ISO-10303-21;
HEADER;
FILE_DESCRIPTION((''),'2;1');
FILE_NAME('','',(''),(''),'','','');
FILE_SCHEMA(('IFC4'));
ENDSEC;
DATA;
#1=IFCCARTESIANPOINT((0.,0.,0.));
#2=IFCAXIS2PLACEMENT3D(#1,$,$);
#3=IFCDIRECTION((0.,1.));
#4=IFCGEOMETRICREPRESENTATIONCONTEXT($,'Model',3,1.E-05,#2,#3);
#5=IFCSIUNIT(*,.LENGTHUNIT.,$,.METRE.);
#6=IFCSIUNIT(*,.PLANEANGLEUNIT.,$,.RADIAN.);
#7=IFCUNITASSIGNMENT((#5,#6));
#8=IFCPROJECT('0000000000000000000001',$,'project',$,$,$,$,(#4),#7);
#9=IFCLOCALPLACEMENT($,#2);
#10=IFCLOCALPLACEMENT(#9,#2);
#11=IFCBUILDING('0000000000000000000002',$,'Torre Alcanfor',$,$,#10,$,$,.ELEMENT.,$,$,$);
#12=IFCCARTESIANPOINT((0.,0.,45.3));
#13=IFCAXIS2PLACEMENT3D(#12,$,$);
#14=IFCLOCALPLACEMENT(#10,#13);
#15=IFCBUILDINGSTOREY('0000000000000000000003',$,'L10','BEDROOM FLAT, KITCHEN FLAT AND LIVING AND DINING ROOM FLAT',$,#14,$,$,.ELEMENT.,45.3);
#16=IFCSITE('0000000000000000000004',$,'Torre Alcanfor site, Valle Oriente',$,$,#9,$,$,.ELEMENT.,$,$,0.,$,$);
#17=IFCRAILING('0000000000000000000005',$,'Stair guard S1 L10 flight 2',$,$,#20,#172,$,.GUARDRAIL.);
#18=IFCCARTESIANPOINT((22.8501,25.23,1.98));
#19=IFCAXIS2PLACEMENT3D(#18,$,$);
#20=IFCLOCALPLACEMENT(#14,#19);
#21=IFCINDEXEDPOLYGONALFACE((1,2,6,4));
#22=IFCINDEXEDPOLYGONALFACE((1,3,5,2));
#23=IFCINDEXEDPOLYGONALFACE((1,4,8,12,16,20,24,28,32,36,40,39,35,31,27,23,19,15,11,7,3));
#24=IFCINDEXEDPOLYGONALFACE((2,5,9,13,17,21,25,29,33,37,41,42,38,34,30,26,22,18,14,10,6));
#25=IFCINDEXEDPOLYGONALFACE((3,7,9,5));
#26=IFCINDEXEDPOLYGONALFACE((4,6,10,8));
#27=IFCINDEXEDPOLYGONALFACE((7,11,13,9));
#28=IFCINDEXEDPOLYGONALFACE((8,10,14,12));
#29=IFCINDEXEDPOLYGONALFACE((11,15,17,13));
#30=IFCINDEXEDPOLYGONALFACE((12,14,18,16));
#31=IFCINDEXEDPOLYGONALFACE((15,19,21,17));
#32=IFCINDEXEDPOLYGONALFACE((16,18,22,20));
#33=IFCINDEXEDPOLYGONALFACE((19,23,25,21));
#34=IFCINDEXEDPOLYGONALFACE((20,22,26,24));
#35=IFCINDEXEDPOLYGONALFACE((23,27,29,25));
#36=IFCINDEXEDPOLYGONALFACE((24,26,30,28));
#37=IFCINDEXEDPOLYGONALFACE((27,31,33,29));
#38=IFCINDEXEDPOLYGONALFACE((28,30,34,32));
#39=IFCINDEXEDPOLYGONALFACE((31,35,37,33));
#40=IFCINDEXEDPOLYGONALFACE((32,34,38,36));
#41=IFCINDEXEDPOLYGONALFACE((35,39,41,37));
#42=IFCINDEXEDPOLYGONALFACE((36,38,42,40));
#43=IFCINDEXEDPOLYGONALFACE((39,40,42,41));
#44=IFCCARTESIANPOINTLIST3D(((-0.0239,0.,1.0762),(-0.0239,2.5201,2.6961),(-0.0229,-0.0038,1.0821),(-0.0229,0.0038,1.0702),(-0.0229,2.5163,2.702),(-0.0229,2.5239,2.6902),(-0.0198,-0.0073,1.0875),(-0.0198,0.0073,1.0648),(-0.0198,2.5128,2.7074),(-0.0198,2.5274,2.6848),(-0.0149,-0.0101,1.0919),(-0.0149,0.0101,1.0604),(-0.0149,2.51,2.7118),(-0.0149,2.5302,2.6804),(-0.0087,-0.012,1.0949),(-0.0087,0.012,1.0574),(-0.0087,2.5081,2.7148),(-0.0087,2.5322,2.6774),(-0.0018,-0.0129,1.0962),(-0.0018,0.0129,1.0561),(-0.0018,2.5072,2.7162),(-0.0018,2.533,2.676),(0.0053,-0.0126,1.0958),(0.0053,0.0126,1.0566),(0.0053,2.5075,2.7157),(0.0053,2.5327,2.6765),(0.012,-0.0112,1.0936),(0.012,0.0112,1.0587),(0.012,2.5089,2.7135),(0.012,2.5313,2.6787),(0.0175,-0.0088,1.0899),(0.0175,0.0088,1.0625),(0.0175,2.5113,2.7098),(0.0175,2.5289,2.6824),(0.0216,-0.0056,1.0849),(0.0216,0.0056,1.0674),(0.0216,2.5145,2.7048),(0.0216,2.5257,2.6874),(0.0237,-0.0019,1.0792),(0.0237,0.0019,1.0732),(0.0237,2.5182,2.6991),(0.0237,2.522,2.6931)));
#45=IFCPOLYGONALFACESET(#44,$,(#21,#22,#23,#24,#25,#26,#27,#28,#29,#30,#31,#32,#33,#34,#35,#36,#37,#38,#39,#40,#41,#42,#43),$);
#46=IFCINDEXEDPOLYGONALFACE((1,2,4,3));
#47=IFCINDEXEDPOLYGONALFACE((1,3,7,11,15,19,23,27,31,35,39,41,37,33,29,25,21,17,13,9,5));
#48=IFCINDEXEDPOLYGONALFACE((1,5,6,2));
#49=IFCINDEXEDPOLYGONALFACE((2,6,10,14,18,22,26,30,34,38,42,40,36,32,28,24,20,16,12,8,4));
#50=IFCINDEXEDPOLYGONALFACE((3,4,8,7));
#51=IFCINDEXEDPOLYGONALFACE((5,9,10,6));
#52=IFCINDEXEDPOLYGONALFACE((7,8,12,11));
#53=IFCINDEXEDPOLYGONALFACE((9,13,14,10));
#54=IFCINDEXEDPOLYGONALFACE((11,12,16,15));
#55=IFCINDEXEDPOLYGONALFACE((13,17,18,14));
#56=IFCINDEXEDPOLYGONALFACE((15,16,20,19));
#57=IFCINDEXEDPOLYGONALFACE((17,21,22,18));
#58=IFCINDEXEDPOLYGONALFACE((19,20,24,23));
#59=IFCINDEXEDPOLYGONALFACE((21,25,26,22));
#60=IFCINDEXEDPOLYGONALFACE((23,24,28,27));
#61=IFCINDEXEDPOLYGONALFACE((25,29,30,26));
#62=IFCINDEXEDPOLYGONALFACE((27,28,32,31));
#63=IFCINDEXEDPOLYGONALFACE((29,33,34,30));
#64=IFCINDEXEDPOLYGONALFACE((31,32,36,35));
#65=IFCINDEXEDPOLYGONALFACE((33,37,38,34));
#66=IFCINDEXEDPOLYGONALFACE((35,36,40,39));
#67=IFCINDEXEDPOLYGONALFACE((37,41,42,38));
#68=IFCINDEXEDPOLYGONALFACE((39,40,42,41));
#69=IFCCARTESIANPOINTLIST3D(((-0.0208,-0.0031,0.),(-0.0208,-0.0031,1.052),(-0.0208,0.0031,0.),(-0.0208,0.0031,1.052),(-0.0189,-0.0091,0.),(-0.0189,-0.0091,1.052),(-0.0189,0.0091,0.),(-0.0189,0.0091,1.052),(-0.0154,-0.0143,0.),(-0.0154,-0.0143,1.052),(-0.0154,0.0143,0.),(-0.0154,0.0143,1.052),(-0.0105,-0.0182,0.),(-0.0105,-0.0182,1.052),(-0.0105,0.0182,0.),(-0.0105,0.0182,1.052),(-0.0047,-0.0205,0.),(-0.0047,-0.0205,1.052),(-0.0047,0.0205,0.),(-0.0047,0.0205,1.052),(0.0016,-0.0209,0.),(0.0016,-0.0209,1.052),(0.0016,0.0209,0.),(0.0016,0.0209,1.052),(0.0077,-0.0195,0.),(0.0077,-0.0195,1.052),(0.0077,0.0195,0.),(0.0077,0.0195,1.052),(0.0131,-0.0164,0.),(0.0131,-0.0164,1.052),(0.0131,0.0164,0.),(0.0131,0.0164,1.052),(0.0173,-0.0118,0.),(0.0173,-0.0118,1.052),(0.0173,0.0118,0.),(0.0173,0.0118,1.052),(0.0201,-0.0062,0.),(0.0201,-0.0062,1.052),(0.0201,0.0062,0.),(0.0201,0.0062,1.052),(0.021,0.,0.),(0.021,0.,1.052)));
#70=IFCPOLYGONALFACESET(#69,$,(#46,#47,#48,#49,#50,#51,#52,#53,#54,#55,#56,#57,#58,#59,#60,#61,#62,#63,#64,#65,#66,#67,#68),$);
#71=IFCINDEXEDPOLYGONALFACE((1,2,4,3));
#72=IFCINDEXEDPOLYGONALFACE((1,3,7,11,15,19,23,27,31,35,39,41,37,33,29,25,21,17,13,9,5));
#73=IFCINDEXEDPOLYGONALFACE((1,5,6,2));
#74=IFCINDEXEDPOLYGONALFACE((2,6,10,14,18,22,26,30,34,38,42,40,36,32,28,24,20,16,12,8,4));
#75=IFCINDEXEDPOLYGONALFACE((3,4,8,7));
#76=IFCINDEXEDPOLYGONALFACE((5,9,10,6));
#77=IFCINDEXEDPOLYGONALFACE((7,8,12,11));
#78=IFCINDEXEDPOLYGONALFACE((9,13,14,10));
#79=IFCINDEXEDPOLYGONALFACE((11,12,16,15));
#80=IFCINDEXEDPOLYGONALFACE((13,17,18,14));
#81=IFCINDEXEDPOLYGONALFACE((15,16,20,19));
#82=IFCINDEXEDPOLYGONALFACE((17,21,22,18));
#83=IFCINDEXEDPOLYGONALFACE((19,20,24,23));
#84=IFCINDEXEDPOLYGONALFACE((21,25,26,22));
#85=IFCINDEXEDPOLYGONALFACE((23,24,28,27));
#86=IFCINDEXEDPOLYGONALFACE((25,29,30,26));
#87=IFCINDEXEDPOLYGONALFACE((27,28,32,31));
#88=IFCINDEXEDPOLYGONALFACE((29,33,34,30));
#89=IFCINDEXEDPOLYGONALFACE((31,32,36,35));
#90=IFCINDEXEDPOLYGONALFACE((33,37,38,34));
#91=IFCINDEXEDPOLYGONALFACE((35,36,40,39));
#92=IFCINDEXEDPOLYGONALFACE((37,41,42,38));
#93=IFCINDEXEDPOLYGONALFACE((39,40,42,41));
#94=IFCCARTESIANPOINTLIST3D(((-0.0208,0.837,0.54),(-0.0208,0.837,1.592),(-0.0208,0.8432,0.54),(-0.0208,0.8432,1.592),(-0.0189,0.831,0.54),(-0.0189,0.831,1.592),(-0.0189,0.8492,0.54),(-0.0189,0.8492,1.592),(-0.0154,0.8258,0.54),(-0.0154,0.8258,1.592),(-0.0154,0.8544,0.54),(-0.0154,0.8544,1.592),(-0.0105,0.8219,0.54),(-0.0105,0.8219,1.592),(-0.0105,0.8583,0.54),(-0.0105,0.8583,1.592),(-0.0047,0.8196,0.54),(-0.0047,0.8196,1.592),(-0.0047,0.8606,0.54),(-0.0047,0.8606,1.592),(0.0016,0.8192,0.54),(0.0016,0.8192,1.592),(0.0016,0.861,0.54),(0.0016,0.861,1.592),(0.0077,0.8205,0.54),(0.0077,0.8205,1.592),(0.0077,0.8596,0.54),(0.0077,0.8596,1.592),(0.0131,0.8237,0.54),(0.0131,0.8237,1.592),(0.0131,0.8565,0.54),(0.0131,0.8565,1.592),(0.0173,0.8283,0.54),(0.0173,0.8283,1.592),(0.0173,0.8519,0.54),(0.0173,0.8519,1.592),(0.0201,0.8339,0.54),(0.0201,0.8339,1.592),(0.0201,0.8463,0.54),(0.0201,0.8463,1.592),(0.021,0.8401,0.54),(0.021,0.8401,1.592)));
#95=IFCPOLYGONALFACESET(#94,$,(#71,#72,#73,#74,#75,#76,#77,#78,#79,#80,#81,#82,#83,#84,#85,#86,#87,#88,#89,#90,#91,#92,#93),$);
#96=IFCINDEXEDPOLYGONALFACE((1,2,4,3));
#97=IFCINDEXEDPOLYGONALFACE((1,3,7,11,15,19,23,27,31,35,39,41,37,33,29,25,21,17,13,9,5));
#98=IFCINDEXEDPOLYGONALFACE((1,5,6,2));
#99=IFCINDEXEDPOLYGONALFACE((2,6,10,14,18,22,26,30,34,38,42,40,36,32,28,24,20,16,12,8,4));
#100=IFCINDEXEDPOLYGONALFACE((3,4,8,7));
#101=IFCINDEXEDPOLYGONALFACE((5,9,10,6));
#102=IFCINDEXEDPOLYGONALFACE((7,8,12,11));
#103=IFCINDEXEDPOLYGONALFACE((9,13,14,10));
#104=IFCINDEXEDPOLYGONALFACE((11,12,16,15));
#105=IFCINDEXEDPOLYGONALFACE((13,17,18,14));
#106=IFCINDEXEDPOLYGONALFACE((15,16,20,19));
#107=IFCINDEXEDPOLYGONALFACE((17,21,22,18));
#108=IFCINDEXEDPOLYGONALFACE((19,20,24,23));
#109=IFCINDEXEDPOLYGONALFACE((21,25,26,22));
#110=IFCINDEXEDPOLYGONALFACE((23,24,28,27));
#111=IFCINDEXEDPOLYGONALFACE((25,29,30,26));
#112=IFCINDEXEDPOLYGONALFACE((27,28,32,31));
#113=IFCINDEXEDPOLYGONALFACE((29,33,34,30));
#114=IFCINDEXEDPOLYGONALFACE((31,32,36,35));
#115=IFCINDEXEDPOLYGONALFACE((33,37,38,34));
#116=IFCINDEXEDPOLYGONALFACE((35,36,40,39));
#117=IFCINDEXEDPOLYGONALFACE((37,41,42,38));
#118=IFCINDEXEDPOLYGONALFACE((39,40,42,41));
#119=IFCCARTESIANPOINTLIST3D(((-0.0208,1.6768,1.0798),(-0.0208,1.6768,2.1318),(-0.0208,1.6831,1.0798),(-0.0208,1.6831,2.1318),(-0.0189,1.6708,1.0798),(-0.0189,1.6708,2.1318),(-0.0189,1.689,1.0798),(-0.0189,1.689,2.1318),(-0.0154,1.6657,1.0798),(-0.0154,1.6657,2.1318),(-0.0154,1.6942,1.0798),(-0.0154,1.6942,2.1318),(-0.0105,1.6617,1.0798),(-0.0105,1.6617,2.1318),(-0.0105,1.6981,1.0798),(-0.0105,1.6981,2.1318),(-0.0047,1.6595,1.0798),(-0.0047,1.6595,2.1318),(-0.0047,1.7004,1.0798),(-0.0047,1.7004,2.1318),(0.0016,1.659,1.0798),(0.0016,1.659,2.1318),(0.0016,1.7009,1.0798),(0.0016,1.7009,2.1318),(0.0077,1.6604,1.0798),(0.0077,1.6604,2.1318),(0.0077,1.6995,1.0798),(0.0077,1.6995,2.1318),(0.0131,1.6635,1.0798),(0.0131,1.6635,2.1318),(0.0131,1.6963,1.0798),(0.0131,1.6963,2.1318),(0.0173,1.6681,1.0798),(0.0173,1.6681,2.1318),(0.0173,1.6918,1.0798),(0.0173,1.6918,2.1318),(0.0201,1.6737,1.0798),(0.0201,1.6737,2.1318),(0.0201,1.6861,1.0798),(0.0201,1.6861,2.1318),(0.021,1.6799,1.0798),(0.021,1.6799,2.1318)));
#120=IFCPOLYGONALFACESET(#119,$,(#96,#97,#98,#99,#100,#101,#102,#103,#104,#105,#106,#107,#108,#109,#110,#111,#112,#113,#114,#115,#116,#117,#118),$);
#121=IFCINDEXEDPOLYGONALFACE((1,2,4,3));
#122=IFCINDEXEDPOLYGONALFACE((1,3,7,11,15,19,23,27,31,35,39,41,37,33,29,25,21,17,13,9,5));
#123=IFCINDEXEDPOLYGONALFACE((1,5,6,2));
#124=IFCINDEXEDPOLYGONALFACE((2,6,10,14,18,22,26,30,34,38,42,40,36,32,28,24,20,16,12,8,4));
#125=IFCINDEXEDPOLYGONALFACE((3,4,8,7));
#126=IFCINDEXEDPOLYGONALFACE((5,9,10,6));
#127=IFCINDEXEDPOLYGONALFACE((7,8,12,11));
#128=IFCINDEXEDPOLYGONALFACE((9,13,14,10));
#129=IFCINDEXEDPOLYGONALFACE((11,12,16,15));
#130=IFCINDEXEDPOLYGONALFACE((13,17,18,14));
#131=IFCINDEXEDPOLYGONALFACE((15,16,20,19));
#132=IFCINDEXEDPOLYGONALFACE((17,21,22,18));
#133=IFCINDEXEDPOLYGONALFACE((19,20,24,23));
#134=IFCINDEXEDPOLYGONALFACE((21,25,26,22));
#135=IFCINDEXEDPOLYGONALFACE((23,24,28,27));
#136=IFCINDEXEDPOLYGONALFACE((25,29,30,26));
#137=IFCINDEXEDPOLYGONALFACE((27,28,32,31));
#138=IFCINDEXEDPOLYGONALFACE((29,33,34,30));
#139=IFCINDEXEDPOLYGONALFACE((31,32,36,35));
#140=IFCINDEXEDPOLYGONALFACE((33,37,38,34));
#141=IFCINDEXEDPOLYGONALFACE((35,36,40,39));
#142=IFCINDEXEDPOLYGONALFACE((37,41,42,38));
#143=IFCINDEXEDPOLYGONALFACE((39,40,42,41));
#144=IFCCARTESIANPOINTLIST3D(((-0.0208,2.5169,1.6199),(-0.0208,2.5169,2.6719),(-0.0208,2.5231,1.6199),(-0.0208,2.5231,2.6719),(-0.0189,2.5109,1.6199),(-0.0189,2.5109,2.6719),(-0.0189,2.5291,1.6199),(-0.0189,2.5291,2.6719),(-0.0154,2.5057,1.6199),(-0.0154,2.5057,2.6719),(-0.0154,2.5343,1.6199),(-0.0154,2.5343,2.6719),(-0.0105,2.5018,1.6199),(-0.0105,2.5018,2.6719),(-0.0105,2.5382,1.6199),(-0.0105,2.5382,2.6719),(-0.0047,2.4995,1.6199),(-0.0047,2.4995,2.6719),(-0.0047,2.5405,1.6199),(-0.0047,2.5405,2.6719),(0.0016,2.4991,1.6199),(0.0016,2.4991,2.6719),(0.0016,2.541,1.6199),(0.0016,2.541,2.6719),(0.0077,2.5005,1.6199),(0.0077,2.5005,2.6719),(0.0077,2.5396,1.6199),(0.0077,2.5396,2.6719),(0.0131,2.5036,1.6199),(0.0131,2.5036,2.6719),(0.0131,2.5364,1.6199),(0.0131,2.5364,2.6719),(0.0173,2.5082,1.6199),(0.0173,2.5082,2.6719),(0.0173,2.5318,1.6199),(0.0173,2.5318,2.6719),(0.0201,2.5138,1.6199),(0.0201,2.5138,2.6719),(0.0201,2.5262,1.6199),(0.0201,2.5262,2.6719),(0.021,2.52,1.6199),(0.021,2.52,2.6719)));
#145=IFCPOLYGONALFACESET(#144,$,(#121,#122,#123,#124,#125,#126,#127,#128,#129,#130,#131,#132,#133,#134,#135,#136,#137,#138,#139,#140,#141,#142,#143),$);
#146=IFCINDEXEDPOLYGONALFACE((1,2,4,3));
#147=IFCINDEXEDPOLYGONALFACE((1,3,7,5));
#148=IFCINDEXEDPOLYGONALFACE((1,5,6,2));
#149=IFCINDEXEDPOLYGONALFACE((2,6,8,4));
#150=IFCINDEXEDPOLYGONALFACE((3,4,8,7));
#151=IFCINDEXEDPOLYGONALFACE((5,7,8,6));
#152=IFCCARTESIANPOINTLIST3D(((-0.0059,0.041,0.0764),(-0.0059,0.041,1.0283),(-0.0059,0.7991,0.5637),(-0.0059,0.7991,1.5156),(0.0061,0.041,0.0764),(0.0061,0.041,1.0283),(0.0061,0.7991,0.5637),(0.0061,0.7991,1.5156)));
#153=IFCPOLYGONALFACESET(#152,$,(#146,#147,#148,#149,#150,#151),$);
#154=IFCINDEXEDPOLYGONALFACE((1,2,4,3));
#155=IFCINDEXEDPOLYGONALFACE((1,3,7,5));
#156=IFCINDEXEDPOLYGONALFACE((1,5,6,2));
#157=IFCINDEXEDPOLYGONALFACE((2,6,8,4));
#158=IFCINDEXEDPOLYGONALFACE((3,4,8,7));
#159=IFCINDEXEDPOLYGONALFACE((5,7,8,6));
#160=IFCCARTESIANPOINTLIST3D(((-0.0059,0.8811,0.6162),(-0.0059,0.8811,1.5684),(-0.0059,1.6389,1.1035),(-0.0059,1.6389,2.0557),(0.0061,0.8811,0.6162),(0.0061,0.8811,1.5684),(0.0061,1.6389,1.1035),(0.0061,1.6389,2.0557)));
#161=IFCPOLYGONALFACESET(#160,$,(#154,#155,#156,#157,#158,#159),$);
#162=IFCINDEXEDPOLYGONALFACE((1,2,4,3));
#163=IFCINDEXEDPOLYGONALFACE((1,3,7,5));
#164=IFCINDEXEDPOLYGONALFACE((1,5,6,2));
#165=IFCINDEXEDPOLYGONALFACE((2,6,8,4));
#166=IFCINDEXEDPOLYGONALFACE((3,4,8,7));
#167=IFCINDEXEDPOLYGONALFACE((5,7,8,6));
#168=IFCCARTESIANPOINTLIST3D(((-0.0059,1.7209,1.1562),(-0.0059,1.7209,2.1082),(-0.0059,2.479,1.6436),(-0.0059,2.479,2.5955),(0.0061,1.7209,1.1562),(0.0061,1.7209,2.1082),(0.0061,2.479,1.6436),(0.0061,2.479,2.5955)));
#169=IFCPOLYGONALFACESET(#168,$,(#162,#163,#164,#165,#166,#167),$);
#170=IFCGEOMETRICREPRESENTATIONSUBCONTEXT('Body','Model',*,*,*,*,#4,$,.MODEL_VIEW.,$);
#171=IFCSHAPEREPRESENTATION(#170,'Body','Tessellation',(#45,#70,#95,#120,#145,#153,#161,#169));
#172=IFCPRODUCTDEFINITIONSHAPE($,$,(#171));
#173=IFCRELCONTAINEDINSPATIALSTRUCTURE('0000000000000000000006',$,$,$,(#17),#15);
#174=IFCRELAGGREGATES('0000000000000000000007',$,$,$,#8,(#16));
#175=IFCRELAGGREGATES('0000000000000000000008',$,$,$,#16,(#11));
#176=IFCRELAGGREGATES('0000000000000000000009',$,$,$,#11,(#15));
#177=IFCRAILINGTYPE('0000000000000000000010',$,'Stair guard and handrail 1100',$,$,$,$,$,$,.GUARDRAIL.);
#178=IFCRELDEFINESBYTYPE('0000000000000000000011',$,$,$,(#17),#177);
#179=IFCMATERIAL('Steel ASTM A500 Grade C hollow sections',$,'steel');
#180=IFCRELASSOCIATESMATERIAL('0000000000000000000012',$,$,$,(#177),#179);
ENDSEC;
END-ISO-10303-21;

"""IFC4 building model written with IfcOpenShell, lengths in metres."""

from ifc_helpers import new_model, si_unit, direction, frame, origin, origin_2d, place, context, subcontext, project, spatial, polyline, circle, outline, extrude, material, type_object, element, save


model = new_model("IFC4")

# Units and contexts
model_context = context("Model", 3, precision=1e-05, world=origin(), true_north=direction((0.0, 1.0)))
body_context = subcontext(model_context, "Body", "Model", "MODEL_VIEW")
ifc_project = project(units=[si_unit("LENGTHUNIT", "METRE"), si_unit("PLANEANGLEUNIT", "RADIAN")], contexts=[model_context])

# Site, building, storey
site_placement = place(None, origin())
site = spatial("IfcSite", under=ifc_project, at=site_placement, Name="Torre Alcanfor site, Valle Oriente", CompositionType="ELEMENT", RefElevation=0.0)
building_placement = place(site_placement, origin())
building = spatial("IfcBuilding", under=site, at=building_placement, Name="Torre Alcanfor", CompositionType="ELEMENT")
storey_placement = place(building_placement, frame((0.0, 0.0, 45.3)))
storey = spatial("IfcBuildingStorey", under=building, at=storey_placement, Name="L10", Description="BEDROOM FLAT, KITCHEN FLAT AND LIVING AND DINING ROOM FLAT", CompositionType="ELEMENT", Elevation=45.3)

# Railing
ifc_material_1 = material(Name="Steel ASTM A500 Grade C hollow sections", Category="steel")
railing_type_1 = type_object("IfcRailingType", Name="Stair guard and handrail 1100", PredefinedType="GUARDRAIL", material=ifc_material_1)
railing_1_placement = place(storey_placement, frame((22.8501, 25.23, 1.98)))
element("IfcRailing", 1, at=railing_1_placement, inside=storey, type_object=railing_type_1, Name="Stair guard S1 L10 flight 2", PredefinedType="GUARDRAIL", context=body_context, shape_type="SweptSolid", body=[
    extrude(circle(Radius=0.0239, at=origin_2d()), frame((0.0, 0.0, 1.0762), z_axis=(0.0, 0.8412, 0.540725), x_axis=(-1.0, 0.0, 0.0)), (0.0, 0.0, 1.0), 2.9958),
    extrude(circle(Radius=0.021, at=origin_2d()), origin(), (0.0, 0.0, 1.0), 1.052),
    extrude(circle(Radius=0.021, at=origin_2d()), frame((0.0, 0.8401, 0.54)), (0.0, 0.0, 1.0), 1.052),
    extrude(circle(Radius=0.021, at=origin_2d()), frame((0.0, 1.6799, 1.0798)), (0.0, 0.0, 1.0), 1.052),
    extrude(circle(Radius=0.021, at=origin_2d()), frame((0.0, 2.52, 1.6199)), (0.0, 0.0, 1.0), 1.052),
    extrude(outline(polyline([(0.041, 0.0764), (0.7991, 0.5637), (0.7991, 1.5156), (0.041, 1.0283), (0.041, 0.0764)])), frame((-0.0059, 0.0, 0.0), z_axis=(1.0, 0.0, 0.0), x_axis=(0.0, 1.0, 0.0)), (0.0, 0.0, 1.0), 0.012),
    extrude(outline(polyline([(0.8811, 0.6162), (1.6389, 1.1035), (1.6389, 2.0557), (0.8811, 1.5684), (0.8811, 0.6162)])), frame((-0.0059, 0.0, 0.0), z_axis=(1.0, 0.0, 0.0), x_axis=(0.0, 1.0, 0.0)), (0.0, 0.0, 1.0), 0.012),
    extrude(outline(polyline([(1.7209, 1.1562), (2.479, 1.6436), (2.479, 2.5955), (1.7209, 2.1082), (1.7209, 1.1562)])), frame((-0.0059, 0.0, 0.0), z_axis=(1.0, 0.0, 0.0), x_axis=(0.0, 1.0, 0.0)), (0.0, 0.0, 1.0), 0.012),
])

save(model, "model.ifc")
